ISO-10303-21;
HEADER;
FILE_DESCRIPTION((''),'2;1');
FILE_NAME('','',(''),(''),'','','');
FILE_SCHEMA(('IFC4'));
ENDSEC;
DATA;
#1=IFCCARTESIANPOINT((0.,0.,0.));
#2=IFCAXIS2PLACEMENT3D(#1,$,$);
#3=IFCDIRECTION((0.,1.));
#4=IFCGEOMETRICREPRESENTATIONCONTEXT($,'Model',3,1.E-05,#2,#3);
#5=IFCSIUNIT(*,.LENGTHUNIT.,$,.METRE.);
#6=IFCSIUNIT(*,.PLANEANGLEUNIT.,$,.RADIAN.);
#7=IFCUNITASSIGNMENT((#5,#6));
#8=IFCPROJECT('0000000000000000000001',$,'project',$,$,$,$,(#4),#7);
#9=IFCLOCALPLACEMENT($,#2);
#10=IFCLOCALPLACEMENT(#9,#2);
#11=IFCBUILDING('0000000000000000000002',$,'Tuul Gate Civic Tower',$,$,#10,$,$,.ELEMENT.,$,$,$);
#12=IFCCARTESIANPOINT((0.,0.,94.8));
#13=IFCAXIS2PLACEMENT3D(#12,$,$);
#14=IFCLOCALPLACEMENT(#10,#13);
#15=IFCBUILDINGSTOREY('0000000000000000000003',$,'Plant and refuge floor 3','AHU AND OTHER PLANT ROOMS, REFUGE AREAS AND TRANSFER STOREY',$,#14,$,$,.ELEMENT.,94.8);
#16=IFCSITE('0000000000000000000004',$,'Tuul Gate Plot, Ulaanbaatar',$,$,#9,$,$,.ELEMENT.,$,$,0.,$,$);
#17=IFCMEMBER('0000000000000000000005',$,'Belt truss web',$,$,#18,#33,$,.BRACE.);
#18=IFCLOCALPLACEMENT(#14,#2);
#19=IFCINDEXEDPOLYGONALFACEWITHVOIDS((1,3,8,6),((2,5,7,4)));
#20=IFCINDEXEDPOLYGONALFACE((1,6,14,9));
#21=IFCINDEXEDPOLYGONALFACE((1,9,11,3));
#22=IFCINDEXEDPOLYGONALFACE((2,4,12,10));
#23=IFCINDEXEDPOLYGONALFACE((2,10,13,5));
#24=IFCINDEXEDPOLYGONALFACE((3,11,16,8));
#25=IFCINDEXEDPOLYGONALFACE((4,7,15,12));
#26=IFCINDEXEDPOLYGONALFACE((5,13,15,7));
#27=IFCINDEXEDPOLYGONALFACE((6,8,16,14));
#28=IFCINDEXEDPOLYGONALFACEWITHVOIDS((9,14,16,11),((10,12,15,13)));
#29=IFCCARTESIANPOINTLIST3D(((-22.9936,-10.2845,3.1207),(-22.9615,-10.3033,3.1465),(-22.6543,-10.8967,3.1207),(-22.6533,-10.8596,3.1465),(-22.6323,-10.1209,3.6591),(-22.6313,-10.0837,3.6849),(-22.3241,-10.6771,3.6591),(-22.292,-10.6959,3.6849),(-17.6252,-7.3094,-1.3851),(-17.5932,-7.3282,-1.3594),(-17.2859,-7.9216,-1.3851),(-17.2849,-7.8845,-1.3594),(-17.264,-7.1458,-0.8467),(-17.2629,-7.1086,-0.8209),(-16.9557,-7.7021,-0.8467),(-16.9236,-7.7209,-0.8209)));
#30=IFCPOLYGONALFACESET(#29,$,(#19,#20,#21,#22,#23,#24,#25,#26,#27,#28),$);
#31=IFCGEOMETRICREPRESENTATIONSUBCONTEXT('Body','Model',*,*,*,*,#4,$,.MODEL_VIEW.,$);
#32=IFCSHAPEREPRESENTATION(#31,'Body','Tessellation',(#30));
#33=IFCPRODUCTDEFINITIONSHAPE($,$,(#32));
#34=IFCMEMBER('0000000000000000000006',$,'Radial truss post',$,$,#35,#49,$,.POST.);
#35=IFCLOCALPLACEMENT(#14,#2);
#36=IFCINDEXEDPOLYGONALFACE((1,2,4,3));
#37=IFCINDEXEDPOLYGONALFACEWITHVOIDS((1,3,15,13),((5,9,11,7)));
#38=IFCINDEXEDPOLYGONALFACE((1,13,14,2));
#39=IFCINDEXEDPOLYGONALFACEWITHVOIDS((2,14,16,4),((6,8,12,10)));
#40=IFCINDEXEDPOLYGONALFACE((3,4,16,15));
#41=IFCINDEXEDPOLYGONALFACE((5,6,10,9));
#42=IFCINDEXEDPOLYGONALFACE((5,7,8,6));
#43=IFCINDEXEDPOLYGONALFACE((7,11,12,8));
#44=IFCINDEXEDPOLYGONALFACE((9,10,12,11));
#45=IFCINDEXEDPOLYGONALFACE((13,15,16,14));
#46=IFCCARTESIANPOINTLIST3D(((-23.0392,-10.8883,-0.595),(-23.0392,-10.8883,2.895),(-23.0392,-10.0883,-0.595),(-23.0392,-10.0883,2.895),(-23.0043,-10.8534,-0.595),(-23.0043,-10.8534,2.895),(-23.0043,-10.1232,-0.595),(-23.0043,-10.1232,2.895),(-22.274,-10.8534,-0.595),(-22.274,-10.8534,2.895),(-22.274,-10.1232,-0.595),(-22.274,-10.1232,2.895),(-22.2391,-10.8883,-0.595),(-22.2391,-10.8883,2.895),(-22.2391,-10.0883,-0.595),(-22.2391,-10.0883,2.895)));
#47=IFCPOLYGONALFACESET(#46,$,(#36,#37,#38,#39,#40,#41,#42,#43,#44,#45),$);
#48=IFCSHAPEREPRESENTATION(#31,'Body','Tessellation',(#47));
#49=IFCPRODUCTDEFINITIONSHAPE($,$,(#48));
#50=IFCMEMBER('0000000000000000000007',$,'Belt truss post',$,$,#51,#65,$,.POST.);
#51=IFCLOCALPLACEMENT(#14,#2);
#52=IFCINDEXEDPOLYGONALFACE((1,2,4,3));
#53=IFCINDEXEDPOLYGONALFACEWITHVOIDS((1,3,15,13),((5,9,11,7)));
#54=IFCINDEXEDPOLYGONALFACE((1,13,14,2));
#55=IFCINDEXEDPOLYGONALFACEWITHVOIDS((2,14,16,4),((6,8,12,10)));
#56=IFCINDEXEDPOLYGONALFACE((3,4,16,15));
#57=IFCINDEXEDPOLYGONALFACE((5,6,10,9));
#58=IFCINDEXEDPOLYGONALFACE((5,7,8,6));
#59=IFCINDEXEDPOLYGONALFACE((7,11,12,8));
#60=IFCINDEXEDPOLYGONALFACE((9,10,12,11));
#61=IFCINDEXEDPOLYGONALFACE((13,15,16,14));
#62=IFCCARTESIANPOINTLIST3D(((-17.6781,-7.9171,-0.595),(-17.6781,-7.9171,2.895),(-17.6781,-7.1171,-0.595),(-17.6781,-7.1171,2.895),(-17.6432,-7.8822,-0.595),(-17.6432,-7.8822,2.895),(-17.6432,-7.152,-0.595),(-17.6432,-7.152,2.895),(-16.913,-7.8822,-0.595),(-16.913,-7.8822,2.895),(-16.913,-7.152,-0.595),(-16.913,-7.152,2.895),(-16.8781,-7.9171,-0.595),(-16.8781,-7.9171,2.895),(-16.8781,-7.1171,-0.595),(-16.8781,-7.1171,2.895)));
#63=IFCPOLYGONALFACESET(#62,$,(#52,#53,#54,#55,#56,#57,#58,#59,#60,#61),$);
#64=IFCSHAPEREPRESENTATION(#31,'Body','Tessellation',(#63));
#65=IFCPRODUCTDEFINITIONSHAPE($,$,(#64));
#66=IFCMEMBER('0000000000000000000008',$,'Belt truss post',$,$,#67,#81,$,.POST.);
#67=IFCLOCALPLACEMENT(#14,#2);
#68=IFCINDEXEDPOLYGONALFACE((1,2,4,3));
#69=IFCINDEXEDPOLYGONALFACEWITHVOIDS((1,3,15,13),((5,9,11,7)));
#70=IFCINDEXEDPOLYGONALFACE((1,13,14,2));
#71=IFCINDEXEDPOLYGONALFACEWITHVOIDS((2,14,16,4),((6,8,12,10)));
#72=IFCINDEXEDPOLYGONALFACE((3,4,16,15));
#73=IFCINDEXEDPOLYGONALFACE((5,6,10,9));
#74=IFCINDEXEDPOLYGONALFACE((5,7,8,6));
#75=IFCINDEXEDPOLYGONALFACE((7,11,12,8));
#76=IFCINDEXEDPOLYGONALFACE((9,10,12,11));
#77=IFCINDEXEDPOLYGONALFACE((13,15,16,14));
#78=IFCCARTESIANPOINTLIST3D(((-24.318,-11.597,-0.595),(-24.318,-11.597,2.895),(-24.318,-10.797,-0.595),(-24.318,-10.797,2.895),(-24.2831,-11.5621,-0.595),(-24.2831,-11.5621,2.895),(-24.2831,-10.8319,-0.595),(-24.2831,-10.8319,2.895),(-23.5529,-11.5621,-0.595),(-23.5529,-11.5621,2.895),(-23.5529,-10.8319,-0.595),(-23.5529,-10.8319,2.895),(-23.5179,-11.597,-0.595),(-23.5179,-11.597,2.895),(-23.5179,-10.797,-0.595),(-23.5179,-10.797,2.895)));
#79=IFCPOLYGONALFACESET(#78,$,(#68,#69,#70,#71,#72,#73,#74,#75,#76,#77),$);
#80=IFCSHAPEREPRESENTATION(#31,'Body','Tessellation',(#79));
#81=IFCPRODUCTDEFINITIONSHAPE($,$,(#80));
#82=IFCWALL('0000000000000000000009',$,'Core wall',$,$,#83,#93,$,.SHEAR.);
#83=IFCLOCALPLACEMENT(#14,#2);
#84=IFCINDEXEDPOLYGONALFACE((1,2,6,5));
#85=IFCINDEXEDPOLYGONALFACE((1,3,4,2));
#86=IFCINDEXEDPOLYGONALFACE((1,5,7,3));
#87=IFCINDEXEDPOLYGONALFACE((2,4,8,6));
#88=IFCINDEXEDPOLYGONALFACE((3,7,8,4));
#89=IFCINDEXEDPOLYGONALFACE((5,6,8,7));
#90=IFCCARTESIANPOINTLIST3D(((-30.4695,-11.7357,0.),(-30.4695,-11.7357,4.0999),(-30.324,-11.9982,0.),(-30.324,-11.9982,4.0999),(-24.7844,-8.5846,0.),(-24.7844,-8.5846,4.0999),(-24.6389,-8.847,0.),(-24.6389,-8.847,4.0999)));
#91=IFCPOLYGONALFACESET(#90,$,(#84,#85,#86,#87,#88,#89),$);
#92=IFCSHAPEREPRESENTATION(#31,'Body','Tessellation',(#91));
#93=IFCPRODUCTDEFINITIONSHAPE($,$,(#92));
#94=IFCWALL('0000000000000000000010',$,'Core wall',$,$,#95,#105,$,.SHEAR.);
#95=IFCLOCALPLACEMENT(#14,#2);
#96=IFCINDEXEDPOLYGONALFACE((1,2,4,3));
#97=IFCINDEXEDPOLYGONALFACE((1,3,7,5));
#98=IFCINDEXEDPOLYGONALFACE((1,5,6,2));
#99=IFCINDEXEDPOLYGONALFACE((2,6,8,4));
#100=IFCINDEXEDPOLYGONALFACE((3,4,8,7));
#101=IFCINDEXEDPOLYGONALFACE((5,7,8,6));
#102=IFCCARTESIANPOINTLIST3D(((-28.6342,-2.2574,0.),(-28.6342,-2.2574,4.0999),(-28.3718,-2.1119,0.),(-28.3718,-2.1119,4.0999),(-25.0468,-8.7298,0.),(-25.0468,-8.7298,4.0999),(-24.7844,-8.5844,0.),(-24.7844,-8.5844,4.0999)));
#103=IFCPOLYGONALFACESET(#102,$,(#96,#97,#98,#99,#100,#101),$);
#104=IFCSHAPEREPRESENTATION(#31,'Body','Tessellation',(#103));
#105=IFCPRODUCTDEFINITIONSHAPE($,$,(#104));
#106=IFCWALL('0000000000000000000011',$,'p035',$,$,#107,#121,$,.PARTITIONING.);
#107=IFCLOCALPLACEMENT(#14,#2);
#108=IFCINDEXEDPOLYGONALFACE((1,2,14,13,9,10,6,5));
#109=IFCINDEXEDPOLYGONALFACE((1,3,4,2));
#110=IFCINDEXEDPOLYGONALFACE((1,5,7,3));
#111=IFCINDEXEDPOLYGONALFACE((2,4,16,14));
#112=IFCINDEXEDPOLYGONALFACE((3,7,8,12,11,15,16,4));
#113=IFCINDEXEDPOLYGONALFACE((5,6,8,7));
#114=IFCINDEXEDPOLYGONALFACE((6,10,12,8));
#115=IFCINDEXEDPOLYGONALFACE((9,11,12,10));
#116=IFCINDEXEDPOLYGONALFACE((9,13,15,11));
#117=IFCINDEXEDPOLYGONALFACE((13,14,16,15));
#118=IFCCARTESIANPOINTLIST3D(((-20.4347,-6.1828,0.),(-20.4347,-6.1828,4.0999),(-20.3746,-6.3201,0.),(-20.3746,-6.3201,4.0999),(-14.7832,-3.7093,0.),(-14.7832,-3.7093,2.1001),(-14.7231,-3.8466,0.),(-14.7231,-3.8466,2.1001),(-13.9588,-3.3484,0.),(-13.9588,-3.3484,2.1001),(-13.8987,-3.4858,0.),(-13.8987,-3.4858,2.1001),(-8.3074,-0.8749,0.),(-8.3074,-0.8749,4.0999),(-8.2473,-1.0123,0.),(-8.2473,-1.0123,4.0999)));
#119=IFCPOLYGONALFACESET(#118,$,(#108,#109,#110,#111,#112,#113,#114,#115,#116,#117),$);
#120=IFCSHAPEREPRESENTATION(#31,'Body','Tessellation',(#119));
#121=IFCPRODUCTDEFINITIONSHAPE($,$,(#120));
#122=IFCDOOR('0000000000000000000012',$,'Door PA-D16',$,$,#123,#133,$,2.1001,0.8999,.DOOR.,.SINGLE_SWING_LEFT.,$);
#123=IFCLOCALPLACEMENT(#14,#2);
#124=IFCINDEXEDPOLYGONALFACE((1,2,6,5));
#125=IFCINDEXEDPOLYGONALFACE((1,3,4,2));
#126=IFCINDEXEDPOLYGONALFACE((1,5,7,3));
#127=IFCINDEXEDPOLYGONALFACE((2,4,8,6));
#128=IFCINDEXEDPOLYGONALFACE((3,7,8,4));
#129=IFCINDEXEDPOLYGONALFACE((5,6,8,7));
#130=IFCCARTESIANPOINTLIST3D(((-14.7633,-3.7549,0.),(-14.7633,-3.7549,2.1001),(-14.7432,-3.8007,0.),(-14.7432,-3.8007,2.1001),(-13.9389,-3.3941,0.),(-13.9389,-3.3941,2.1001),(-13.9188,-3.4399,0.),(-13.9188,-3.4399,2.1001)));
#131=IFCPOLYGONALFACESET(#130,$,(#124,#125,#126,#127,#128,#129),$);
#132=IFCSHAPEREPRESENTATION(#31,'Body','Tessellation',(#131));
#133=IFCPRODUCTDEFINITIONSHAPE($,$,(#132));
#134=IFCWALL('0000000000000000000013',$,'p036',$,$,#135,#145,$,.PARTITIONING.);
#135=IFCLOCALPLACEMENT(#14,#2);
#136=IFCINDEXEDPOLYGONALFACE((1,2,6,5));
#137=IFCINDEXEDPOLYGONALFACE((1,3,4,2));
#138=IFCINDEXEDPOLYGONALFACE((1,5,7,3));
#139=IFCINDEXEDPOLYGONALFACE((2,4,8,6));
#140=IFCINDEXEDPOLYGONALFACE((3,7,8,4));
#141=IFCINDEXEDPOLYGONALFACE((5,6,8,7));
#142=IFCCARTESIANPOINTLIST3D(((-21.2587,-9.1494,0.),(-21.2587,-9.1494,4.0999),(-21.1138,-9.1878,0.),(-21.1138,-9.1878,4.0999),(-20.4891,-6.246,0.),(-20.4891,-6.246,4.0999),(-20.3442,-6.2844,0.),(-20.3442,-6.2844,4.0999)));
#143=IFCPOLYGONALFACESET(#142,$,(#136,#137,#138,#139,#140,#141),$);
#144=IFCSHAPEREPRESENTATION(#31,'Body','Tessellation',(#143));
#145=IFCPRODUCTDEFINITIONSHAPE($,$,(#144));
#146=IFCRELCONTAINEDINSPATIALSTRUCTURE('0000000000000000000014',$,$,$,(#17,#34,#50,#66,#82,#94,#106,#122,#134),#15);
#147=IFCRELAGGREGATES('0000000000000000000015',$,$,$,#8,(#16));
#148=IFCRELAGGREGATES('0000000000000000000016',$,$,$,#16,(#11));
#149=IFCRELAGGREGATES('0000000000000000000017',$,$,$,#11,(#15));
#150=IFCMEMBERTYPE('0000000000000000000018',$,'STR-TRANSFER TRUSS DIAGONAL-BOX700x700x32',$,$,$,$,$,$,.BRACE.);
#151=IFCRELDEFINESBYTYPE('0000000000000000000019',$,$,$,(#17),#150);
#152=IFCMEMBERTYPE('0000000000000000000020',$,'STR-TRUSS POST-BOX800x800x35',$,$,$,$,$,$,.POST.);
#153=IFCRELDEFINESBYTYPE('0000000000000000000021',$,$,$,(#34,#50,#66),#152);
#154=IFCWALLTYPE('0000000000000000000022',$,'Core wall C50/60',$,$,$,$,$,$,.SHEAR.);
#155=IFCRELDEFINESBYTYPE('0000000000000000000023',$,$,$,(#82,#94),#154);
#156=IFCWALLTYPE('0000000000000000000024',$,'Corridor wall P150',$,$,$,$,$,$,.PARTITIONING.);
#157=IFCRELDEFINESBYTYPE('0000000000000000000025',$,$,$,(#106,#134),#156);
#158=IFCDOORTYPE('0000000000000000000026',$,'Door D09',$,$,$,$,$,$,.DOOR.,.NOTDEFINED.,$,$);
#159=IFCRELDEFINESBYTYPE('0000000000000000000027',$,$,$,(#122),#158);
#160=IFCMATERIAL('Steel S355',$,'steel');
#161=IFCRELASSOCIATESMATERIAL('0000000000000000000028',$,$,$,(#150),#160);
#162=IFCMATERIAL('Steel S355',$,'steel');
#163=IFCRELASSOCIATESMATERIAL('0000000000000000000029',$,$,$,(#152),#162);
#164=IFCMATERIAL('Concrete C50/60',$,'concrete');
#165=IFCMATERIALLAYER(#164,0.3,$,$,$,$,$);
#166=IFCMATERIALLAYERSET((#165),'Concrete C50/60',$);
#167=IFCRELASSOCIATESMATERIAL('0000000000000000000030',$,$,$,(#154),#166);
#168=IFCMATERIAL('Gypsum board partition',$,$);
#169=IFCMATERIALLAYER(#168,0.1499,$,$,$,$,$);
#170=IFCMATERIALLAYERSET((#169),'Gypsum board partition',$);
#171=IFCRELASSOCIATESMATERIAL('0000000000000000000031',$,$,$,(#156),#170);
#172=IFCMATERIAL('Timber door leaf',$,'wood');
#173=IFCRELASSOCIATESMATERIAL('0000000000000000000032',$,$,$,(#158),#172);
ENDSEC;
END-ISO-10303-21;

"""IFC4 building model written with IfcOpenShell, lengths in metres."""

from ifc_helpers import new_model, si_unit, direction, frame, frame_2d, origin, origin_2d, place, context, subcontext, project, spatial, rectangle, hollow_rectangle, extrude, material, layer, layer_set, material_profile, profile_set, type_object, element, fill, save


model = new_model("IFC4")

# Units and contexts
model_context = context("Model", 3, precision=1e-05, world=origin(), true_north=direction((0.0, 1.0)))
body_context = subcontext(model_context, "Body", "Model", "MODEL_VIEW")
ifc_project = project(units=[si_unit("LENGTHUNIT", "METRE"), si_unit("PLANEANGLEUNIT", "RADIAN")], contexts=[model_context])

# Site, building, storey
site_placement = place(None, origin())
site = spatial("IfcSite", under=ifc_project, at=site_placement, Name="Tuul Gate Plot, Ulaanbaatar", CompositionType="ELEMENT", RefElevation=0.0)
building_placement = place(site_placement, origin())
building = spatial("IfcBuilding", under=site, at=building_placement, Name="Tuul Gate Civic Tower", CompositionType="ELEMENT")
storey_placement = place(building_placement, frame((0.0, 0.0, 94.8)))
storey = spatial("IfcBuildingStorey", under=building, at=storey_placement, Name="Plant and refuge floor 3", Description="AHU AND OTHER PLANT ROOMS, REFUGE AREAS AND TRANSFER STOREY", CompositionType="ELEMENT", Elevation=94.8)

# Members
ifc_material_1 = material(Name="Steel S355", Category="steel")
ifc_material_profile_1 = material_profile(ifc_material_1, hollow_rectangle(XDim=0.7, YDim=0.7, WallThickness=0.032, at=origin_2d()), Name="BOX700x700x32")
ifc_profile_set_1 = profile_set([ifc_material_profile_1], Name="Steel S355")
member_type_1 = type_object("IfcMemberType", Name="STR-TRANSFER TRUSS DIAGONAL-BOX700x700x32", PredefinedType="BRACE", material=ifc_profile_set_1)
member_1_placement = place(storey_placement, frame((-17.2744, -7.5151, -1.103), z_axis=(-0.705066, -0.390738, 0.591782), x_axis=(0.484727, -0.874665, 0.0)))
element("IfcMember", 1, at=member_1_placement, inside=storey, type_object=member_type_1, Name="Belt truss web", PredefinedType="BRACE", context=body_context, shape_type="SweptSolid", body=[
    extrude(hollow_rectangle(XDim=0.7, YDim=0.7, WallThickness=0.032, at=origin_2d()), origin(), (0.0, 0.0, 1.0), 7.614),
])
ifc_material_2 = material(Name="Steel S355", Category="steel")
ifc_material_profile_2 = material_profile(ifc_material_2, hollow_rectangle(XDim=0.8, YDim=0.8, WallThickness=0.0349, at=origin_2d()), Name="BOX800x800x35")
ifc_profile_set_2 = profile_set([ifc_material_profile_2], Name="Steel S355")
member_type_2 = type_object("IfcMemberType", Name="STR-TRUSS POST-BOX800x800x35", PredefinedType="POST", material=ifc_profile_set_2)
for number, where, z_axis, x_axis, name in (
    (2, (-22.6392, -10.4883, -0.595), (0.0, 0.0, 1.0), (1.0, 0.0, 0.0), "Radial truss post"),
    (3, (-17.2781, -7.5171, -0.595), (0.0, 0.0, 1.0), (1.0, 0.0, 0.0), "Belt truss post"),
    (4, (-23.918, -11.197, -0.595), (0.0, 0.0, 1.0), (1.0, 0.0, 0.0), "Belt truss post"),
):
    element("IfcMember", number, at=place(storey_placement, frame(where, z_axis=z_axis, x_axis=x_axis)), inside=storey, type_object=member_type_2, Name=name, PredefinedType="POST", context=body_context, shape_type="SweptSolid", body=[
        extrude(hollow_rectangle(XDim=0.8, YDim=0.8, WallThickness=0.0349, at=origin_2d()), origin(), (0.0, 0.0, 1.0), 3.49),
    ])

# Walls
ifc_material_3 = material(Name="Concrete C50/60", Category="concrete")
ifc_layer_1 = layer(ifc_material_3, 0.3)
ifc_layer_set_1 = layer_set([ifc_layer_1], Name="Concrete C50/60")
wall_type_1 = type_object("IfcWallType", Name="Core wall C50/60", PredefinedType="SHEAR", material=ifc_layer_set_1)
wall_1_placement = place(storey_placement, frame((-24.7117, -8.7158, 0.0), z_axis=(0.0, 0.0, 1.0), x_axis=(-0.87463, -0.484791, 0.0)))
element("IfcWall", 5, at=wall_1_placement, inside=storey, type_object=wall_type_1, Name="Core wall", PredefinedType="SHEAR", context=body_context, shape_type="SweptSolid", body=[
    extrude(rectangle(XDim=6.5, YDim=0.3, at=frame_2d((3.25, 0.0))), origin(), (0.0, 0.0, 1.0), 4.0999),
])
wall_2_placement = place(storey_placement, frame((-24.9155, -8.6572, 0.0), z_axis=(0.0, 0.0, 1.0), x_axis=(-0.484777, 0.874638, 0.0)))
element("IfcWall", 6, at=wall_2_placement, inside=storey, type_object=wall_type_1, Name="Core wall", PredefinedType="SHEAR", context=body_context, shape_type="SweptSolid", body=[
    extrude(rectangle(XDim=7.4001, YDim=0.3, at=frame_2d((3.7002, 0.0))), origin(), (0.0, 0.0, 1.0), 4.0999),
])

# Wall, opening, door
ifc_material_4 = material(Name="Gypsum board partition")
ifc_layer_2 = layer(ifc_material_4, 0.1499)
ifc_layer_set_2 = layer_set([ifc_layer_2], Name="Gypsum board partition")
wall_type_2 = type_object("IfcWallType", Name="Corridor wall P150", PredefinedType="PARTITIONING", material=ifc_layer_set_2)
wall_3_placement = place(storey_placement, frame((-20.4048, -6.2515, 0.0), z_axis=(0.0, 0.0, 1.0), x_axis=(0.916099, 0.400952, 0.0)))
wall_3 = element("IfcWall", 7, at=wall_3_placement, inside=storey, type_object=wall_type_2, Name="p035", PredefinedType="PARTITIONING", context=body_context, shape_type="SweptSolid", body=[
    extrude(rectangle(XDim=13.238, YDim=0.1499, at=frame_2d((6.6191, 0.0))), origin(), (0.0, 0.0, 1.0), 4.0999),
])
opening_1_placement = place(wall_3_placement, frame((6.1692, 0.0, 0.0)))
opening_1 = element("IfcOpeningElement", 8, at=opening_1_placement, cuts=wall_3, PredefinedType="OPENING", context=body_context, shape_type="SweptSolid", body=[
    extrude(rectangle(XDim=0.8999, YDim=2.1001, at=frame_2d((0.45, 1.05))), frame((0.0, 0.085, 0.0), z_axis=(0.0, -1.0, 0.0), x_axis=(1.0, 0.0, 0.0)), (0.0, 0.0, 1.0), 0.1699),
])
ifc_material_5 = material(Name="Timber door leaf", Category="wood")
door_type_1 = type_object("IfcDoorType", Name="Door D09", OperationType="NOTDEFINED", PredefinedType="DOOR", material=ifc_material_5)
door_1_placement = place(opening_1_placement, frame((0.8999, 0.0, 0.0), z_axis=(0.0, 0.0, 1.0), x_axis=(-1.0, 0.0, 0.0)))
door_1 = element("IfcDoor", 9, at=door_1_placement, inside=storey, type_object=door_type_1, Name="Door PA-D16", OperationType="SINGLE_SWING_LEFT", OverallHeight=2.1001, OverallWidth=0.8999, PredefinedType="DOOR", context=body_context, shape_type="SweptSolid", body=[
    extrude(rectangle(XDim=0.8999, YDim=2.1001, at=frame_2d((0.45, 1.05))), frame((0.0, 0.0249, 0.0), z_axis=(0.0, -1.0, 0.0), x_axis=(1.0, 0.0, 0.0)), (0.0, 0.0, 1.0), 0.05),
])
fill(opening_1, door_1)

# Wall
wall_4_placement = place(storey_placement, frame((-21.1863, -9.1687, 0.0), z_axis=(0.0, 0.0, 1.0), x_axis=(0.256205, 0.966622, 0.0)))
element("IfcWall", 10, at=wall_4_placement, inside=storey, type_object=wall_type_2, Name="p036", PredefinedType="PARTITIONING", context=body_context, shape_type="SweptSolid", body=[
    extrude(rectangle(XDim=3.0037, YDim=0.1499, at=frame_2d((1.502, 0.0))), origin(), (0.0, 0.0, 1.0), 4.0999),
])

save(model, "model.ifc")
